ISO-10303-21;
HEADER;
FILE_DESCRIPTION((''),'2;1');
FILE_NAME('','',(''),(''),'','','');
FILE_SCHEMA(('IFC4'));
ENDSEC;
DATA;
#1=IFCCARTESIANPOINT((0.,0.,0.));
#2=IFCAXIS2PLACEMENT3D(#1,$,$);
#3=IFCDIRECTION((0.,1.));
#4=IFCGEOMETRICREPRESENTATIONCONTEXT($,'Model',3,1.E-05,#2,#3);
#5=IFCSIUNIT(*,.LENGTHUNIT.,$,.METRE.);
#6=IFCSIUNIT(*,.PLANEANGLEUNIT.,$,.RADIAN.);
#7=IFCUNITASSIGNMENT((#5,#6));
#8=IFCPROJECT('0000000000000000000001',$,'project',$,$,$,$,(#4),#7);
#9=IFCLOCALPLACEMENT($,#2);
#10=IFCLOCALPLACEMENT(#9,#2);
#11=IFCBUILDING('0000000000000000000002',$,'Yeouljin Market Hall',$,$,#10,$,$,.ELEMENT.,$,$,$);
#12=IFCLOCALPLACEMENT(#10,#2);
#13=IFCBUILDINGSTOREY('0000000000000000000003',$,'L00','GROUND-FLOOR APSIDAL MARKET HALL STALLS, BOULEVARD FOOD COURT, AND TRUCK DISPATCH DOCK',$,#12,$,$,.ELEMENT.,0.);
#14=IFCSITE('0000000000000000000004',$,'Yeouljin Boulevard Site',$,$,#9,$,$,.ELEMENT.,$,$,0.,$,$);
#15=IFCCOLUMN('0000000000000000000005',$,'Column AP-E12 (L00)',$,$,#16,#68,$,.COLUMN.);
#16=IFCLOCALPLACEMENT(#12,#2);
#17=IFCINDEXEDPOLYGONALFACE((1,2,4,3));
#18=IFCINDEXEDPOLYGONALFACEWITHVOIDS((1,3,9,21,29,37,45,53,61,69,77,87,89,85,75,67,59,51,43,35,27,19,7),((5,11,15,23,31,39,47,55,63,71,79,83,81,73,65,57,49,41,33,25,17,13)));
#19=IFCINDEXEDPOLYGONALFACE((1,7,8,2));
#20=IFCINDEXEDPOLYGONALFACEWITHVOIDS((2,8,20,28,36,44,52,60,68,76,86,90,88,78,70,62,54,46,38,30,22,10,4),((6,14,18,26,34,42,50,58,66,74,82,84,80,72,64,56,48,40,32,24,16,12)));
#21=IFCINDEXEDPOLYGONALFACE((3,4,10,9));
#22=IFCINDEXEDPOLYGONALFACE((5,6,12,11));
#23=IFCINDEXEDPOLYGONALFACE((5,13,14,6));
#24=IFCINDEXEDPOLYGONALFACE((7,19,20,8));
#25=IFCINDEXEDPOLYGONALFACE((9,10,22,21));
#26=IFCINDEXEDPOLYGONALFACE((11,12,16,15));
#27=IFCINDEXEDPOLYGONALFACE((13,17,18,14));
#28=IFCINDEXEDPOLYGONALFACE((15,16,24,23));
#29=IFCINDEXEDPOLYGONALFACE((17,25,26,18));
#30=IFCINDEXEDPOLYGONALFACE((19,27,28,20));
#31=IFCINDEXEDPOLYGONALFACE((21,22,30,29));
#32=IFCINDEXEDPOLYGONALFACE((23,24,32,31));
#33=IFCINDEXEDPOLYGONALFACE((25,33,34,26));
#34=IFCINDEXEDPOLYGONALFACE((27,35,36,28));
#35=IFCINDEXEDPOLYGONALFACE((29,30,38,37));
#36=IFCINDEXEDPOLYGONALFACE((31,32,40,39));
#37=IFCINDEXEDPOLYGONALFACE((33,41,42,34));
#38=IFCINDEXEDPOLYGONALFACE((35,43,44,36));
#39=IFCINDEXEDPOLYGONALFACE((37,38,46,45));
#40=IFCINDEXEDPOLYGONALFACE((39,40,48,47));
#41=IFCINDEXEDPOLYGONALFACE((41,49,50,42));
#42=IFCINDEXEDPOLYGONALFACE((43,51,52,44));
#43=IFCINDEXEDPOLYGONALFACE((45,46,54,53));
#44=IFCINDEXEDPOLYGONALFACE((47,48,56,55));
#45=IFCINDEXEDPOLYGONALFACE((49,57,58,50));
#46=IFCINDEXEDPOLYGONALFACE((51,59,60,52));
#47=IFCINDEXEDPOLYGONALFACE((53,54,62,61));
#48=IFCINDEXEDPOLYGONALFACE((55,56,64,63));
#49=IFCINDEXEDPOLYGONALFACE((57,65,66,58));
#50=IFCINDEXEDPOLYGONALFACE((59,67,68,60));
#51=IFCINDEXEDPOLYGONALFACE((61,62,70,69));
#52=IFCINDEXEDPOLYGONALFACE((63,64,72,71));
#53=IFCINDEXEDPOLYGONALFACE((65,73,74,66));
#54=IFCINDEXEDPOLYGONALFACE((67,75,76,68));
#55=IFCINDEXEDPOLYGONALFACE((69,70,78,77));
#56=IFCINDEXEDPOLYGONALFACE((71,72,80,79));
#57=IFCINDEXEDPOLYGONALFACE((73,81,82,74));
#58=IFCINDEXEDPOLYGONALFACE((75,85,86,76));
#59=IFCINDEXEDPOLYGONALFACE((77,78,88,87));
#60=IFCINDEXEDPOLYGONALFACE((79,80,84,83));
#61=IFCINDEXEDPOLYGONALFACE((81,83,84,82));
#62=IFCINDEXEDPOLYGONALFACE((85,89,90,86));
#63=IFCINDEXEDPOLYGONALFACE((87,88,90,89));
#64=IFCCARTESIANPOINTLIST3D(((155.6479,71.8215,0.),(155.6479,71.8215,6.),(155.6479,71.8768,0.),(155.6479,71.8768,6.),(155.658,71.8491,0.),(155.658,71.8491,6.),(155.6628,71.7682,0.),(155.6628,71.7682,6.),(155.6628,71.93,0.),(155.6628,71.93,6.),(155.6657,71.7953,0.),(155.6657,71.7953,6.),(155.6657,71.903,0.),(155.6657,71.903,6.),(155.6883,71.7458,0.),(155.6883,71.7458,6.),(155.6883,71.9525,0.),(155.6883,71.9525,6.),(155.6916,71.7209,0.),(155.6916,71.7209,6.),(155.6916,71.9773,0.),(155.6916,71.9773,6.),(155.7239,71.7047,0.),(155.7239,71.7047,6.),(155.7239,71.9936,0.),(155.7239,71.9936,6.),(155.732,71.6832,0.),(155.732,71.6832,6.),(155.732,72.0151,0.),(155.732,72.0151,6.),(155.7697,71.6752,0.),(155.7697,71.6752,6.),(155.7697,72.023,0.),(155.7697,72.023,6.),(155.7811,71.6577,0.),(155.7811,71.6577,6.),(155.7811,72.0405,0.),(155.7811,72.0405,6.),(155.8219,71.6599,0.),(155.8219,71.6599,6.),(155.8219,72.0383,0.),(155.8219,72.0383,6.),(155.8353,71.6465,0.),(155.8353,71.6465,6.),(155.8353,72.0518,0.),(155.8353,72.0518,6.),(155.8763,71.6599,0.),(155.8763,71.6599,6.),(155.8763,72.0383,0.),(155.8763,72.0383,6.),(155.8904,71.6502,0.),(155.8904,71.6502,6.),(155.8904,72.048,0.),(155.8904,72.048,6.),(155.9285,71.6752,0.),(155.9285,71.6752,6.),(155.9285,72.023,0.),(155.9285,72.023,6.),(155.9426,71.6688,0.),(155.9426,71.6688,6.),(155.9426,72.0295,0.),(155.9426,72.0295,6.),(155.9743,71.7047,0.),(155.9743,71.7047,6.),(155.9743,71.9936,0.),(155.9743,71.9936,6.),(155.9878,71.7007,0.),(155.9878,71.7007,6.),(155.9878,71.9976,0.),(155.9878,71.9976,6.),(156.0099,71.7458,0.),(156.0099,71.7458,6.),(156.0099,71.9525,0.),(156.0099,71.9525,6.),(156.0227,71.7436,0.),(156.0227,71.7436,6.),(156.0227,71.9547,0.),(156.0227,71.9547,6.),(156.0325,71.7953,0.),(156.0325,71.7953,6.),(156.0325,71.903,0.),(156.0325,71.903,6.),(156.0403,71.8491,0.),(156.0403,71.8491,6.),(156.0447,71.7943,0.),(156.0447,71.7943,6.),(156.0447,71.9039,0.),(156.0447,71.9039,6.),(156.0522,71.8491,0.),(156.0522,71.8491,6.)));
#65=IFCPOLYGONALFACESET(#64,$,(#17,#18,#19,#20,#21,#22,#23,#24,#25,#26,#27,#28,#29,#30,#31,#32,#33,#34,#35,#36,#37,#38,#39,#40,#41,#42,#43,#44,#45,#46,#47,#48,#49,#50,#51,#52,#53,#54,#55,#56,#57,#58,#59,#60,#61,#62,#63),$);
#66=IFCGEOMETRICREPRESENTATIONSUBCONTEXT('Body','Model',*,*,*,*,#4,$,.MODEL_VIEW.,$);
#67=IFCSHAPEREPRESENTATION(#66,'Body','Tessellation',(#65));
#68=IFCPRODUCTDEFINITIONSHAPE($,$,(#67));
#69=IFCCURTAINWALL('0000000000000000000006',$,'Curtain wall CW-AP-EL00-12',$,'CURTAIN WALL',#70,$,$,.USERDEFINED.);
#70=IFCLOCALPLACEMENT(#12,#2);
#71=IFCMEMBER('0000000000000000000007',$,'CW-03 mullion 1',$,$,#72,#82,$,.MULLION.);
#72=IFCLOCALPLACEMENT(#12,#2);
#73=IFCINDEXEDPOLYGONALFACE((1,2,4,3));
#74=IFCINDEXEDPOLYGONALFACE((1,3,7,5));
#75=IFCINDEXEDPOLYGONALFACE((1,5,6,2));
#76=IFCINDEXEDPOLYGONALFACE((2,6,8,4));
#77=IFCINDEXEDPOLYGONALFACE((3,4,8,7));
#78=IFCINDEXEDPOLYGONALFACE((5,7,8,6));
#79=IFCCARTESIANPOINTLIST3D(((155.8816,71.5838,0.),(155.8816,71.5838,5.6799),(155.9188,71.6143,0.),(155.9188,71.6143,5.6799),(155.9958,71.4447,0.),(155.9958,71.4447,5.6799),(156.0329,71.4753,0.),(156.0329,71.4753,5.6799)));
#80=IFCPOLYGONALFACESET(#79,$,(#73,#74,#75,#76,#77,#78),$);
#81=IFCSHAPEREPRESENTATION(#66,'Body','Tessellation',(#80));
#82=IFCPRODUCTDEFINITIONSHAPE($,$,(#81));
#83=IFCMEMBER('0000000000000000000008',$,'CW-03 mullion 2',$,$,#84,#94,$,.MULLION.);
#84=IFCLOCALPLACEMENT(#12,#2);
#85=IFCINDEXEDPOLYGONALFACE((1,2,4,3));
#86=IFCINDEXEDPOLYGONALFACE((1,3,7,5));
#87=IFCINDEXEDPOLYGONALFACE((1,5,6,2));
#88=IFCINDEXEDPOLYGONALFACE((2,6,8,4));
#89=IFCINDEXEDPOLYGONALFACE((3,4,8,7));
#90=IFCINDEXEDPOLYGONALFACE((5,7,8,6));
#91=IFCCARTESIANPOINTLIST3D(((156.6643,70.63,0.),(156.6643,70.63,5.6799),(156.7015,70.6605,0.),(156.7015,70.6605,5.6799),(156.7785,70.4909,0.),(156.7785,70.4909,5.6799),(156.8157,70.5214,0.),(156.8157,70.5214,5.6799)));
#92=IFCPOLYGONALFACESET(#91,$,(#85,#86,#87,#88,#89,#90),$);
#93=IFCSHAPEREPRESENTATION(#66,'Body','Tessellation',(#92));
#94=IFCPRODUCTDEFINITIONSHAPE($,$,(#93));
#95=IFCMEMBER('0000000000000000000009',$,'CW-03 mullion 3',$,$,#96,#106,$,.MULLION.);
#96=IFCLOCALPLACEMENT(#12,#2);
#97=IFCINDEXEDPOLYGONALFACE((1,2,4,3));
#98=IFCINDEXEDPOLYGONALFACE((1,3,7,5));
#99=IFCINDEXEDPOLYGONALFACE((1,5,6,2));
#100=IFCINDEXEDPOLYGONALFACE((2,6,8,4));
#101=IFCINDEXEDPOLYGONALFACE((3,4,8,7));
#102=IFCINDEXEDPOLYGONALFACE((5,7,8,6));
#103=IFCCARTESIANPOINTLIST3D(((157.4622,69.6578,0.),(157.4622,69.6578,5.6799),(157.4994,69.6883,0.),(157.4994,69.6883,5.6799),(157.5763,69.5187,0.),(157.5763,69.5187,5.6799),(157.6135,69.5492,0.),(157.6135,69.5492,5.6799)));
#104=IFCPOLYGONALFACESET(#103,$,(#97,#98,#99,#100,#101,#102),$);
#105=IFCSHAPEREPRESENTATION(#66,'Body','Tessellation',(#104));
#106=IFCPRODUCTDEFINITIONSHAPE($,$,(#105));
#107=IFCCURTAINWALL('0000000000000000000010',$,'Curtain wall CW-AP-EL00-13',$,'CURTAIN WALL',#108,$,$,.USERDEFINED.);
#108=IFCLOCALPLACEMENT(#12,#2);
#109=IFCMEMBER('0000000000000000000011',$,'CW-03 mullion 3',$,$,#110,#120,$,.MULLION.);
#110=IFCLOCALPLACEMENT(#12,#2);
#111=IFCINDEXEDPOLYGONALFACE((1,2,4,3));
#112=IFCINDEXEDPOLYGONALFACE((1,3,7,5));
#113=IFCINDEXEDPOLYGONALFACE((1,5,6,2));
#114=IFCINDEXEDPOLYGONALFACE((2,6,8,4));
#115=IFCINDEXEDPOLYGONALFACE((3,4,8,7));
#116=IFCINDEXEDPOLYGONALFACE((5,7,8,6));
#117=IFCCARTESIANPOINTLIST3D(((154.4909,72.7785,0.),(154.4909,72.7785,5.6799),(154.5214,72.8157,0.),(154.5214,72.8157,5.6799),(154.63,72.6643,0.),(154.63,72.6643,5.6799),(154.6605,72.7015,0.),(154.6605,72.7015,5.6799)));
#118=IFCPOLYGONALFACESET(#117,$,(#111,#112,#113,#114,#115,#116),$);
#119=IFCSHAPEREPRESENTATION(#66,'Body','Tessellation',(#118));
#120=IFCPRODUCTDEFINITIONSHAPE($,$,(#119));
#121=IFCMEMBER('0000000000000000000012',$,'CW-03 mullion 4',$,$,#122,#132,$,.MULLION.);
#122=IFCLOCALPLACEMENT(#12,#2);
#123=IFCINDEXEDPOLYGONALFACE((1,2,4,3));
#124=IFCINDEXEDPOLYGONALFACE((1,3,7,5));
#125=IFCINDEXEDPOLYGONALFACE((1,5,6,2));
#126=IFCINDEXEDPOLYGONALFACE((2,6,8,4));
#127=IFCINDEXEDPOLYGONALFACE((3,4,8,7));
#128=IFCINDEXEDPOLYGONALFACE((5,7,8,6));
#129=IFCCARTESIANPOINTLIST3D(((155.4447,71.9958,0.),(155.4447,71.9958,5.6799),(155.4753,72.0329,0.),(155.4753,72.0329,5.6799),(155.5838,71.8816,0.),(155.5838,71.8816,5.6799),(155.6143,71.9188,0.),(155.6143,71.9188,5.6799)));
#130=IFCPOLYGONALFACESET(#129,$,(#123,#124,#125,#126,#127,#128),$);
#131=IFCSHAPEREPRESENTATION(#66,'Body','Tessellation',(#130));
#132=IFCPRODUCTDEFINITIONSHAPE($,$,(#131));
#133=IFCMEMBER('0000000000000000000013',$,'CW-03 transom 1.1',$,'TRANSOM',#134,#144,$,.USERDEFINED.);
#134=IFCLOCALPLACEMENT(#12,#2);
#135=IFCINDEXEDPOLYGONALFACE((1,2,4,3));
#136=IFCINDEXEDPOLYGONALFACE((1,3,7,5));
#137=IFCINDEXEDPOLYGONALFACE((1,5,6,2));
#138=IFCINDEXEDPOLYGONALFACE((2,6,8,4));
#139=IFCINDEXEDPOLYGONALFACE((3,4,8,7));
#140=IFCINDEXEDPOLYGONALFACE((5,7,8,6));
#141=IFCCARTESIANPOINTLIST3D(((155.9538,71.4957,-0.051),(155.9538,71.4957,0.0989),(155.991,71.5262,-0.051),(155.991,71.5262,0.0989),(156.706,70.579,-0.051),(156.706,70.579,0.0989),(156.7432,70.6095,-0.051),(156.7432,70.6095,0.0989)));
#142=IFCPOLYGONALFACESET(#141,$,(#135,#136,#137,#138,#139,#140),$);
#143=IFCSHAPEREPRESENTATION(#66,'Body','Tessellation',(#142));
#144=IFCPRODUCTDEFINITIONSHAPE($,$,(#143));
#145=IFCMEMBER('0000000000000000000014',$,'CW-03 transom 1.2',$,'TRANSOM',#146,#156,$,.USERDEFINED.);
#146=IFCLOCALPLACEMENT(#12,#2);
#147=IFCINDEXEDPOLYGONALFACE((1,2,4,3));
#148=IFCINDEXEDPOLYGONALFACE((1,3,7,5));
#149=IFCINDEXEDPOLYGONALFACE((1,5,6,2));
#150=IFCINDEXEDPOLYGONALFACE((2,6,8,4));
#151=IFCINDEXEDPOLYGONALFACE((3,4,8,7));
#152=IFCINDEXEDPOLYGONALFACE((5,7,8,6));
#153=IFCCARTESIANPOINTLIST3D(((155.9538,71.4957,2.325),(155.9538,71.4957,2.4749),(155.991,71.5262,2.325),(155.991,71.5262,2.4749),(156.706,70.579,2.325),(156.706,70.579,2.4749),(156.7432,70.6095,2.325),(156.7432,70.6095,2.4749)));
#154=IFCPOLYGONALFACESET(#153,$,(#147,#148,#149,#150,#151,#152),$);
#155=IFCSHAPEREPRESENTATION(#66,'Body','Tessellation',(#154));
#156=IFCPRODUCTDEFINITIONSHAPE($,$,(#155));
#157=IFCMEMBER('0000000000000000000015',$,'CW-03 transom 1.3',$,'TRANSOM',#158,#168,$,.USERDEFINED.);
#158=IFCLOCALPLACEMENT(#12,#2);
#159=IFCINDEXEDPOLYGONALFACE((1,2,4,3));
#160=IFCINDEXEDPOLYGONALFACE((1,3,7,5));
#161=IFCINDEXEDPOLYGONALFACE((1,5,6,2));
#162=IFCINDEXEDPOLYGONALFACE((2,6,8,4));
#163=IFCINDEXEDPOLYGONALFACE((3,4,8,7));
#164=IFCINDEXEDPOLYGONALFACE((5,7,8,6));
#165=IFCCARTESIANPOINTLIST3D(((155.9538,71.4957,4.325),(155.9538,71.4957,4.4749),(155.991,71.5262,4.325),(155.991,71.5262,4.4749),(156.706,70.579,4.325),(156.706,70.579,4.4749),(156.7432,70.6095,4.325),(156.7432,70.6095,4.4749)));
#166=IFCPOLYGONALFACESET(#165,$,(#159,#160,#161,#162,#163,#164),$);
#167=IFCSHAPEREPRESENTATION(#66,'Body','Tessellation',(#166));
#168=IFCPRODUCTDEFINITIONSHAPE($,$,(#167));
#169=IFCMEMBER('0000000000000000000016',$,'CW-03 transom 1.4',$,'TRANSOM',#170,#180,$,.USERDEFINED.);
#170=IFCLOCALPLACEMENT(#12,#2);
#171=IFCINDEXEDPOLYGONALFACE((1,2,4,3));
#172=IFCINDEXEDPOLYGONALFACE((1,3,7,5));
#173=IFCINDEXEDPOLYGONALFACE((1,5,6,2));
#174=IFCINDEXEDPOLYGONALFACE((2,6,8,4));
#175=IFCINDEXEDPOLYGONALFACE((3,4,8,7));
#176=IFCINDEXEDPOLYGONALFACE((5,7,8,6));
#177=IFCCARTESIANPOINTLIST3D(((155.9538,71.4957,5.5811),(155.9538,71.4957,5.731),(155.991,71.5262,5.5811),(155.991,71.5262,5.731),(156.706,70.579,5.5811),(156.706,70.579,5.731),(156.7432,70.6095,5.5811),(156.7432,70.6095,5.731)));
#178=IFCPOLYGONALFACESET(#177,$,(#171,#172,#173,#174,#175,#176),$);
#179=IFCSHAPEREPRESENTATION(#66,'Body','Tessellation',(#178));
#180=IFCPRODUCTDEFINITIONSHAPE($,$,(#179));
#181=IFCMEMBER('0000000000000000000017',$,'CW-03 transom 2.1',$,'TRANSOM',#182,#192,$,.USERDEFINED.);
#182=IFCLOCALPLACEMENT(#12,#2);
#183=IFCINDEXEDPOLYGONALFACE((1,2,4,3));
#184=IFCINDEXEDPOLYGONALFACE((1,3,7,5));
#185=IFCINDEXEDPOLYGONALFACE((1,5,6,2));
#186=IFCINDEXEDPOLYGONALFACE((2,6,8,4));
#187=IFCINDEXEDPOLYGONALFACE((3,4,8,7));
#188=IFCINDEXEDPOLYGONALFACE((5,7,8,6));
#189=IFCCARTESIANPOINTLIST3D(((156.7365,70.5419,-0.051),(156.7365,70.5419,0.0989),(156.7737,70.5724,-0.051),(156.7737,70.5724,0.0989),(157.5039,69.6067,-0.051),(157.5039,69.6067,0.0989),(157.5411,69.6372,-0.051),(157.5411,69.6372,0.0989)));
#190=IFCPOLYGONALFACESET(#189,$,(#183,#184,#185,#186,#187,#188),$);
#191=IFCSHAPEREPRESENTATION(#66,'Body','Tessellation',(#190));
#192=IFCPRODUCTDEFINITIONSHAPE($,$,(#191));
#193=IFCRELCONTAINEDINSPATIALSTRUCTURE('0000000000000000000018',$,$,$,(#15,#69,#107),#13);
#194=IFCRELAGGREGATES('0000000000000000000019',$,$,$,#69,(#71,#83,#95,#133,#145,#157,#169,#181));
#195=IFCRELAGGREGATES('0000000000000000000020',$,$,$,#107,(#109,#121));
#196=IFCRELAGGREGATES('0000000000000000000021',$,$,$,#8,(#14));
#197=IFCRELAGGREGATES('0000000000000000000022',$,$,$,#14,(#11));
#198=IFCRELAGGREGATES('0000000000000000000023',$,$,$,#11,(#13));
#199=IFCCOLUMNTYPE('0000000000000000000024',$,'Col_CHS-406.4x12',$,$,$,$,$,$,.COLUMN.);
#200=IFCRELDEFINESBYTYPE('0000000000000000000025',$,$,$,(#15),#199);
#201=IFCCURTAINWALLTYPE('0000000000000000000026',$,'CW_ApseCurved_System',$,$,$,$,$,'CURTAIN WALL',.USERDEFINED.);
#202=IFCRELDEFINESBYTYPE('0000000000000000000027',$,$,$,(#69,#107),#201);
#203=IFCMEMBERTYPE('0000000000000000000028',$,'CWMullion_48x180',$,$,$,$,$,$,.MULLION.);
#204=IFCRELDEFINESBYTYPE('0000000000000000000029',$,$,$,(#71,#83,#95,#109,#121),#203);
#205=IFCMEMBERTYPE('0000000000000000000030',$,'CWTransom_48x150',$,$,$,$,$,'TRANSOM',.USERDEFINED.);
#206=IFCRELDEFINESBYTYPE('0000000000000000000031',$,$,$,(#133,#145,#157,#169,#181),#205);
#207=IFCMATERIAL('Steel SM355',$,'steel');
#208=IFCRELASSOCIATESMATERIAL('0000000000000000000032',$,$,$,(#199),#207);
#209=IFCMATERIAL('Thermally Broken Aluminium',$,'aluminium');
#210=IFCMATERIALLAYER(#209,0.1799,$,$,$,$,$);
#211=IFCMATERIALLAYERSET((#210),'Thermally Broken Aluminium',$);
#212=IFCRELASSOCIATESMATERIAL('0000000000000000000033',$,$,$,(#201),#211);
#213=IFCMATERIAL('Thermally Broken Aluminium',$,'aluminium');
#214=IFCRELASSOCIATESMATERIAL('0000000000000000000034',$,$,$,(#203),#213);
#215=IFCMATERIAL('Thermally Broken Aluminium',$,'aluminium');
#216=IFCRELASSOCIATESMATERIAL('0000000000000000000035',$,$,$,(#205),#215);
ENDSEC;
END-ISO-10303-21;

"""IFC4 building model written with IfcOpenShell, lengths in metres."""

from ifc_helpers import new_model, si_unit, direction, frame, origin, origin_2d, place, context, subcontext, project, spatial, rectangle, hollow_circle, extrude, material, layer, layer_set, material_profile, profile_set, type_object, element, aggregate, save


model = new_model("IFC4")

# Units and contexts
model_context = context("Model", 3, precision=1e-05, world=origin(), true_north=direction((0.0, 1.0)))
body_context = subcontext(model_context, "Body", "Model", "MODEL_VIEW")
ifc_project = project(units=[si_unit("LENGTHUNIT", "METRE"), si_unit("PLANEANGLEUNIT", "RADIAN")], contexts=[model_context])

# Site, building, storey
site_placement = place(None, origin())
site = spatial("IfcSite", under=ifc_project, at=site_placement, Name="Yeouljin Boulevard Site", CompositionType="ELEMENT", RefElevation=0.0)
building_placement = place(site_placement, origin())
building = spatial("IfcBuilding", under=site, at=building_placement, Name="Yeouljin Market Hall", CompositionType="ELEMENT")
storey_placement = place(building_placement, origin())
storey = spatial("IfcBuildingStorey", under=building, at=storey_placement, Name="L00", Description="GROUND-FLOOR APSIDAL MARKET HALL STALLS, BOULEVARD FOOD COURT, AND TRUCK DISPATCH DOCK", CompositionType="ELEMENT", Elevation=0.0)

# Column
ifc_material_1 = material(Name="Steel SM355", Category="steel")
ifc_material_profile_1 = material_profile(ifc_material_1, hollow_circle(Radius=0.2031, WallThickness=0.012, at=origin_2d()), Name="CHS-406.4x12")
ifc_profile_set_1 = profile_set([ifc_material_profile_1], Name="Steel SM355")
column_type = type_object("IfcColumnType", Name="Col_CHS-406.4x12", PredefinedType="COLUMN", material=ifc_profile_set_1)
column_placement = place(storey_placement, frame((155.8491, 71.8491, 0.0), z_axis=(0.0, 0.0, 1.0), x_axis=(1.0, 0.0, 0.0)))
element("IfcColumn", 1, at=column_placement, inside=storey, type_object=column_type, Name="Column AP-E12 (L00)", PredefinedType="COLUMN", context=body_context, shape_type="SweptSolid", body=[
    extrude(hollow_circle(Radius=0.2031, WallThickness=0.012, at=origin_2d()), origin(), (0.0, 0.0, 1.0), 6.0),
])

# Curtain walls, members
ifc_material_2 = material(Name="Thermally Broken Aluminium", Category="aluminium")
ifc_layer_1 = layer(ifc_material_2, 0.1799)
ifc_layer_set_1 = layer_set([ifc_layer_1], Name="Thermally Broken Aluminium")
curtain_wall_type = type_object("IfcCurtainWallType", Name="CW_ApseCurved_System", ElementType="CURTAIN WALL", PredefinedType="USERDEFINED", material=ifc_layer_set_1)
curtain_wall_1_placement = place(storey_placement, origin())
curtain_wall_1 = element("IfcCurtainWall", 2, at=curtain_wall_1_placement, inside=storey, type_object=curtain_wall_type, Name="Curtain wall CW-AP-EL00-12", ObjectType="CURTAIN WALL", PredefinedType="USERDEFINED")
ifc_material_3 = material(Name="Thermally Broken Aluminium", Category="aluminium")
ifc_material_profile_2 = material_profile(ifc_material_3, rectangle(XDim=0.0481, YDim=0.1799, at=origin_2d()), Name="CW-MULL-48x180")
ifc_profile_set_2 = profile_set([ifc_material_profile_2], Name="Thermally Broken Aluminium")
member_type_1 = type_object("IfcMemberType", Name="CWMullion_48x180", PredefinedType="MULLION", material=ifc_profile_set_2)
member_1_placement = place(storey_placement, frame((155.9573, 71.5295, 0.0), z_axis=(0.0, 0.0, 1.0), x_axis=(0.773018, 0.634384, 0.0)))
member_1 = element("IfcMember", 3, at=member_1_placement, type_object=member_type_1, Name="CW-03 mullion 1", PredefinedType="MULLION", context=body_context, shape_type="SweptSolid", body=[
    extrude(rectangle(XDim=0.0481, YDim=0.1799, at=origin_2d()), origin(), (0.0, 0.0, 1.0), 5.6799),
])
member_2_placement = place(storey_placement, frame((156.74, 70.5757, 0.0), z_axis=(0.0, 0.0, 1.0), x_axis=(0.773018, 0.634384, 0.0)))
member_2 = element("IfcMember", 4, at=member_2_placement, type_object=member_type_1, Name="CW-03 mullion 2", PredefinedType="MULLION", context=body_context, shape_type="SweptSolid", body=[
    extrude(rectangle(XDim=0.0481, YDim=0.1799, at=origin_2d()), origin(), (0.0, 0.0, 1.0), 5.6799),
])
member_3_placement = place(storey_placement, frame((157.5378, 69.6035, 0.0), z_axis=(0.0, 0.0, 1.0), x_axis=(0.773018, 0.634384, 0.0)))
member_3 = element("IfcMember", 5, at=member_3_placement, type_object=member_type_1, Name="CW-03 mullion 3", PredefinedType="MULLION", context=body_context, shape_type="SweptSolid", body=[
    extrude(rectangle(XDim=0.0481, YDim=0.1799, at=origin_2d()), origin(), (0.0, 0.0, 1.0), 5.6799),
])
curtain_wall_2_placement = place(storey_placement, origin())
curtain_wall_2 = element("IfcCurtainWall", 6, at=curtain_wall_2_placement, inside=storey, type_object=curtain_wall_type, Name="Curtain wall CW-AP-EL00-13", ObjectType="CURTAIN WALL", PredefinedType="USERDEFINED")
member_4_placement = place(storey_placement, frame((154.5757, 72.74, 0.0), z_axis=(0.0, 0.0, 1.0), x_axis=(0.634384, 0.773018, 0.0)))
member_4 = element("IfcMember", 7, at=member_4_placement, type_object=member_type_1, Name="CW-03 mullion 3", PredefinedType="MULLION", context=body_context, shape_type="SweptSolid", body=[
    extrude(rectangle(XDim=0.0481, YDim=0.1799, at=origin_2d()), origin(), (0.0, 0.0, 1.0), 5.6799),
])
member_5_placement = place(storey_placement, frame((155.5295, 71.9573, 0.0), z_axis=(0.0, 0.0, 1.0), x_axis=(0.634384, 0.773018, 0.0)))
member_5 = element("IfcMember", 8, at=member_5_placement, type_object=member_type_1, Name="CW-03 mullion 4", PredefinedType="MULLION", context=body_context, shape_type="SweptSolid", body=[
    extrude(rectangle(XDim=0.0481, YDim=0.1799, at=origin_2d()), origin(), (0.0, 0.0, 1.0), 5.6799),
])

# Members
ifc_material_4 = material(Name="Thermally Broken Aluminium", Category="aluminium")
ifc_material_profile_3 = material_profile(ifc_material_4, rectangle(XDim=0.0481, YDim=0.1499, at=origin_2d()), Name="CW-TRAN-48x150")
ifc_profile_set_3 = profile_set([ifc_material_profile_3], Name="Thermally Broken Aluminium")
member_type_2 = type_object("IfcMemberType", Name="CWTransom_48x150", ElementType="TRANSOM", PredefinedType="USERDEFINED", material=ifc_profile_set_3)
member_6_placement = place(storey_placement, frame((155.9724, 71.511, 0.0239), z_axis=(0.634313, -0.773076, 0.0), x_axis=(0.773076, 0.634313, 0.0)))
member_6 = element("IfcMember", 9, at=member_6_placement, type_object=member_type_2, Name="CW-03 transom 1.1", ObjectType="TRANSOM", PredefinedType="USERDEFINED", context=body_context, shape_type="SweptSolid", body=[
    extrude(rectangle(XDim=0.0481, YDim=0.1499, at=origin_2d()), origin(), (0.0, 0.0, 1.0), 1.1858),
])
member_7_placement = place(storey_placement, frame((155.9724, 71.511, 2.3999), z_axis=(0.634313, -0.773076, 0.0), x_axis=(0.773076, 0.634313, 0.0)))
member_7 = element("IfcMember", 10, at=member_7_placement, type_object=member_type_2, Name="CW-03 transom 1.2", ObjectType="TRANSOM", PredefinedType="USERDEFINED", context=body_context, shape_type="SweptSolid", body=[
    extrude(rectangle(XDim=0.0481, YDim=0.1499, at=origin_2d()), origin(), (0.0, 0.0, 1.0), 1.1858),
])
member_8_placement = place(storey_placement, frame((155.9724, 71.511, 4.3999), z_axis=(0.634313, -0.773076, 0.0), x_axis=(0.773076, 0.634313, 0.0)))
member_8 = element("IfcMember", 11, at=member_8_placement, type_object=member_type_2, Name="CW-03 transom 1.3", ObjectType="TRANSOM", PredefinedType="USERDEFINED", context=body_context, shape_type="SweptSolid", body=[
    extrude(rectangle(XDim=0.0481, YDim=0.1499, at=origin_2d()), origin(), (0.0, 0.0, 1.0), 1.1858),
])
member_9_placement = place(storey_placement, frame((155.9724, 71.511, 5.656), z_axis=(0.634313, -0.773076, 0.0), x_axis=(0.773076, 0.634313, 0.0)))
member_9 = element("IfcMember", 12, at=member_9_placement, type_object=member_type_2, Name="CW-03 transom 1.4", ObjectType="TRANSOM", PredefinedType="USERDEFINED", context=body_context, shape_type="SweptSolid", body=[
    extrude(rectangle(XDim=0.0481, YDim=0.1499, at=origin_2d()), origin(), (0.0, 0.0, 1.0), 1.1858),
])
member_10_placement = place(storey_placement, frame((156.7551, 70.5571, 0.0239), z_axis=(0.634369, -0.77303, 0.0), x_axis=(0.77303, 0.634369, 0.0)))
member_10 = element("IfcMember", 13, at=member_10_placement, type_object=member_type_2, Name="CW-03 transom 2.1", ObjectType="TRANSOM", PredefinedType="USERDEFINED", context=body_context, shape_type="SweptSolid", body=[
    extrude(rectangle(XDim=0.0481, YDim=0.1499, at=origin_2d()), origin(), (0.0, 0.0, 1.0), 1.2097),
])

aggregate(curtain_wall_1, [member_1, member_2, member_3, member_6, member_7, member_8, member_9, member_10])
aggregate(curtain_wall_2, [member_4, member_5])

save(model, "model.ifc")
